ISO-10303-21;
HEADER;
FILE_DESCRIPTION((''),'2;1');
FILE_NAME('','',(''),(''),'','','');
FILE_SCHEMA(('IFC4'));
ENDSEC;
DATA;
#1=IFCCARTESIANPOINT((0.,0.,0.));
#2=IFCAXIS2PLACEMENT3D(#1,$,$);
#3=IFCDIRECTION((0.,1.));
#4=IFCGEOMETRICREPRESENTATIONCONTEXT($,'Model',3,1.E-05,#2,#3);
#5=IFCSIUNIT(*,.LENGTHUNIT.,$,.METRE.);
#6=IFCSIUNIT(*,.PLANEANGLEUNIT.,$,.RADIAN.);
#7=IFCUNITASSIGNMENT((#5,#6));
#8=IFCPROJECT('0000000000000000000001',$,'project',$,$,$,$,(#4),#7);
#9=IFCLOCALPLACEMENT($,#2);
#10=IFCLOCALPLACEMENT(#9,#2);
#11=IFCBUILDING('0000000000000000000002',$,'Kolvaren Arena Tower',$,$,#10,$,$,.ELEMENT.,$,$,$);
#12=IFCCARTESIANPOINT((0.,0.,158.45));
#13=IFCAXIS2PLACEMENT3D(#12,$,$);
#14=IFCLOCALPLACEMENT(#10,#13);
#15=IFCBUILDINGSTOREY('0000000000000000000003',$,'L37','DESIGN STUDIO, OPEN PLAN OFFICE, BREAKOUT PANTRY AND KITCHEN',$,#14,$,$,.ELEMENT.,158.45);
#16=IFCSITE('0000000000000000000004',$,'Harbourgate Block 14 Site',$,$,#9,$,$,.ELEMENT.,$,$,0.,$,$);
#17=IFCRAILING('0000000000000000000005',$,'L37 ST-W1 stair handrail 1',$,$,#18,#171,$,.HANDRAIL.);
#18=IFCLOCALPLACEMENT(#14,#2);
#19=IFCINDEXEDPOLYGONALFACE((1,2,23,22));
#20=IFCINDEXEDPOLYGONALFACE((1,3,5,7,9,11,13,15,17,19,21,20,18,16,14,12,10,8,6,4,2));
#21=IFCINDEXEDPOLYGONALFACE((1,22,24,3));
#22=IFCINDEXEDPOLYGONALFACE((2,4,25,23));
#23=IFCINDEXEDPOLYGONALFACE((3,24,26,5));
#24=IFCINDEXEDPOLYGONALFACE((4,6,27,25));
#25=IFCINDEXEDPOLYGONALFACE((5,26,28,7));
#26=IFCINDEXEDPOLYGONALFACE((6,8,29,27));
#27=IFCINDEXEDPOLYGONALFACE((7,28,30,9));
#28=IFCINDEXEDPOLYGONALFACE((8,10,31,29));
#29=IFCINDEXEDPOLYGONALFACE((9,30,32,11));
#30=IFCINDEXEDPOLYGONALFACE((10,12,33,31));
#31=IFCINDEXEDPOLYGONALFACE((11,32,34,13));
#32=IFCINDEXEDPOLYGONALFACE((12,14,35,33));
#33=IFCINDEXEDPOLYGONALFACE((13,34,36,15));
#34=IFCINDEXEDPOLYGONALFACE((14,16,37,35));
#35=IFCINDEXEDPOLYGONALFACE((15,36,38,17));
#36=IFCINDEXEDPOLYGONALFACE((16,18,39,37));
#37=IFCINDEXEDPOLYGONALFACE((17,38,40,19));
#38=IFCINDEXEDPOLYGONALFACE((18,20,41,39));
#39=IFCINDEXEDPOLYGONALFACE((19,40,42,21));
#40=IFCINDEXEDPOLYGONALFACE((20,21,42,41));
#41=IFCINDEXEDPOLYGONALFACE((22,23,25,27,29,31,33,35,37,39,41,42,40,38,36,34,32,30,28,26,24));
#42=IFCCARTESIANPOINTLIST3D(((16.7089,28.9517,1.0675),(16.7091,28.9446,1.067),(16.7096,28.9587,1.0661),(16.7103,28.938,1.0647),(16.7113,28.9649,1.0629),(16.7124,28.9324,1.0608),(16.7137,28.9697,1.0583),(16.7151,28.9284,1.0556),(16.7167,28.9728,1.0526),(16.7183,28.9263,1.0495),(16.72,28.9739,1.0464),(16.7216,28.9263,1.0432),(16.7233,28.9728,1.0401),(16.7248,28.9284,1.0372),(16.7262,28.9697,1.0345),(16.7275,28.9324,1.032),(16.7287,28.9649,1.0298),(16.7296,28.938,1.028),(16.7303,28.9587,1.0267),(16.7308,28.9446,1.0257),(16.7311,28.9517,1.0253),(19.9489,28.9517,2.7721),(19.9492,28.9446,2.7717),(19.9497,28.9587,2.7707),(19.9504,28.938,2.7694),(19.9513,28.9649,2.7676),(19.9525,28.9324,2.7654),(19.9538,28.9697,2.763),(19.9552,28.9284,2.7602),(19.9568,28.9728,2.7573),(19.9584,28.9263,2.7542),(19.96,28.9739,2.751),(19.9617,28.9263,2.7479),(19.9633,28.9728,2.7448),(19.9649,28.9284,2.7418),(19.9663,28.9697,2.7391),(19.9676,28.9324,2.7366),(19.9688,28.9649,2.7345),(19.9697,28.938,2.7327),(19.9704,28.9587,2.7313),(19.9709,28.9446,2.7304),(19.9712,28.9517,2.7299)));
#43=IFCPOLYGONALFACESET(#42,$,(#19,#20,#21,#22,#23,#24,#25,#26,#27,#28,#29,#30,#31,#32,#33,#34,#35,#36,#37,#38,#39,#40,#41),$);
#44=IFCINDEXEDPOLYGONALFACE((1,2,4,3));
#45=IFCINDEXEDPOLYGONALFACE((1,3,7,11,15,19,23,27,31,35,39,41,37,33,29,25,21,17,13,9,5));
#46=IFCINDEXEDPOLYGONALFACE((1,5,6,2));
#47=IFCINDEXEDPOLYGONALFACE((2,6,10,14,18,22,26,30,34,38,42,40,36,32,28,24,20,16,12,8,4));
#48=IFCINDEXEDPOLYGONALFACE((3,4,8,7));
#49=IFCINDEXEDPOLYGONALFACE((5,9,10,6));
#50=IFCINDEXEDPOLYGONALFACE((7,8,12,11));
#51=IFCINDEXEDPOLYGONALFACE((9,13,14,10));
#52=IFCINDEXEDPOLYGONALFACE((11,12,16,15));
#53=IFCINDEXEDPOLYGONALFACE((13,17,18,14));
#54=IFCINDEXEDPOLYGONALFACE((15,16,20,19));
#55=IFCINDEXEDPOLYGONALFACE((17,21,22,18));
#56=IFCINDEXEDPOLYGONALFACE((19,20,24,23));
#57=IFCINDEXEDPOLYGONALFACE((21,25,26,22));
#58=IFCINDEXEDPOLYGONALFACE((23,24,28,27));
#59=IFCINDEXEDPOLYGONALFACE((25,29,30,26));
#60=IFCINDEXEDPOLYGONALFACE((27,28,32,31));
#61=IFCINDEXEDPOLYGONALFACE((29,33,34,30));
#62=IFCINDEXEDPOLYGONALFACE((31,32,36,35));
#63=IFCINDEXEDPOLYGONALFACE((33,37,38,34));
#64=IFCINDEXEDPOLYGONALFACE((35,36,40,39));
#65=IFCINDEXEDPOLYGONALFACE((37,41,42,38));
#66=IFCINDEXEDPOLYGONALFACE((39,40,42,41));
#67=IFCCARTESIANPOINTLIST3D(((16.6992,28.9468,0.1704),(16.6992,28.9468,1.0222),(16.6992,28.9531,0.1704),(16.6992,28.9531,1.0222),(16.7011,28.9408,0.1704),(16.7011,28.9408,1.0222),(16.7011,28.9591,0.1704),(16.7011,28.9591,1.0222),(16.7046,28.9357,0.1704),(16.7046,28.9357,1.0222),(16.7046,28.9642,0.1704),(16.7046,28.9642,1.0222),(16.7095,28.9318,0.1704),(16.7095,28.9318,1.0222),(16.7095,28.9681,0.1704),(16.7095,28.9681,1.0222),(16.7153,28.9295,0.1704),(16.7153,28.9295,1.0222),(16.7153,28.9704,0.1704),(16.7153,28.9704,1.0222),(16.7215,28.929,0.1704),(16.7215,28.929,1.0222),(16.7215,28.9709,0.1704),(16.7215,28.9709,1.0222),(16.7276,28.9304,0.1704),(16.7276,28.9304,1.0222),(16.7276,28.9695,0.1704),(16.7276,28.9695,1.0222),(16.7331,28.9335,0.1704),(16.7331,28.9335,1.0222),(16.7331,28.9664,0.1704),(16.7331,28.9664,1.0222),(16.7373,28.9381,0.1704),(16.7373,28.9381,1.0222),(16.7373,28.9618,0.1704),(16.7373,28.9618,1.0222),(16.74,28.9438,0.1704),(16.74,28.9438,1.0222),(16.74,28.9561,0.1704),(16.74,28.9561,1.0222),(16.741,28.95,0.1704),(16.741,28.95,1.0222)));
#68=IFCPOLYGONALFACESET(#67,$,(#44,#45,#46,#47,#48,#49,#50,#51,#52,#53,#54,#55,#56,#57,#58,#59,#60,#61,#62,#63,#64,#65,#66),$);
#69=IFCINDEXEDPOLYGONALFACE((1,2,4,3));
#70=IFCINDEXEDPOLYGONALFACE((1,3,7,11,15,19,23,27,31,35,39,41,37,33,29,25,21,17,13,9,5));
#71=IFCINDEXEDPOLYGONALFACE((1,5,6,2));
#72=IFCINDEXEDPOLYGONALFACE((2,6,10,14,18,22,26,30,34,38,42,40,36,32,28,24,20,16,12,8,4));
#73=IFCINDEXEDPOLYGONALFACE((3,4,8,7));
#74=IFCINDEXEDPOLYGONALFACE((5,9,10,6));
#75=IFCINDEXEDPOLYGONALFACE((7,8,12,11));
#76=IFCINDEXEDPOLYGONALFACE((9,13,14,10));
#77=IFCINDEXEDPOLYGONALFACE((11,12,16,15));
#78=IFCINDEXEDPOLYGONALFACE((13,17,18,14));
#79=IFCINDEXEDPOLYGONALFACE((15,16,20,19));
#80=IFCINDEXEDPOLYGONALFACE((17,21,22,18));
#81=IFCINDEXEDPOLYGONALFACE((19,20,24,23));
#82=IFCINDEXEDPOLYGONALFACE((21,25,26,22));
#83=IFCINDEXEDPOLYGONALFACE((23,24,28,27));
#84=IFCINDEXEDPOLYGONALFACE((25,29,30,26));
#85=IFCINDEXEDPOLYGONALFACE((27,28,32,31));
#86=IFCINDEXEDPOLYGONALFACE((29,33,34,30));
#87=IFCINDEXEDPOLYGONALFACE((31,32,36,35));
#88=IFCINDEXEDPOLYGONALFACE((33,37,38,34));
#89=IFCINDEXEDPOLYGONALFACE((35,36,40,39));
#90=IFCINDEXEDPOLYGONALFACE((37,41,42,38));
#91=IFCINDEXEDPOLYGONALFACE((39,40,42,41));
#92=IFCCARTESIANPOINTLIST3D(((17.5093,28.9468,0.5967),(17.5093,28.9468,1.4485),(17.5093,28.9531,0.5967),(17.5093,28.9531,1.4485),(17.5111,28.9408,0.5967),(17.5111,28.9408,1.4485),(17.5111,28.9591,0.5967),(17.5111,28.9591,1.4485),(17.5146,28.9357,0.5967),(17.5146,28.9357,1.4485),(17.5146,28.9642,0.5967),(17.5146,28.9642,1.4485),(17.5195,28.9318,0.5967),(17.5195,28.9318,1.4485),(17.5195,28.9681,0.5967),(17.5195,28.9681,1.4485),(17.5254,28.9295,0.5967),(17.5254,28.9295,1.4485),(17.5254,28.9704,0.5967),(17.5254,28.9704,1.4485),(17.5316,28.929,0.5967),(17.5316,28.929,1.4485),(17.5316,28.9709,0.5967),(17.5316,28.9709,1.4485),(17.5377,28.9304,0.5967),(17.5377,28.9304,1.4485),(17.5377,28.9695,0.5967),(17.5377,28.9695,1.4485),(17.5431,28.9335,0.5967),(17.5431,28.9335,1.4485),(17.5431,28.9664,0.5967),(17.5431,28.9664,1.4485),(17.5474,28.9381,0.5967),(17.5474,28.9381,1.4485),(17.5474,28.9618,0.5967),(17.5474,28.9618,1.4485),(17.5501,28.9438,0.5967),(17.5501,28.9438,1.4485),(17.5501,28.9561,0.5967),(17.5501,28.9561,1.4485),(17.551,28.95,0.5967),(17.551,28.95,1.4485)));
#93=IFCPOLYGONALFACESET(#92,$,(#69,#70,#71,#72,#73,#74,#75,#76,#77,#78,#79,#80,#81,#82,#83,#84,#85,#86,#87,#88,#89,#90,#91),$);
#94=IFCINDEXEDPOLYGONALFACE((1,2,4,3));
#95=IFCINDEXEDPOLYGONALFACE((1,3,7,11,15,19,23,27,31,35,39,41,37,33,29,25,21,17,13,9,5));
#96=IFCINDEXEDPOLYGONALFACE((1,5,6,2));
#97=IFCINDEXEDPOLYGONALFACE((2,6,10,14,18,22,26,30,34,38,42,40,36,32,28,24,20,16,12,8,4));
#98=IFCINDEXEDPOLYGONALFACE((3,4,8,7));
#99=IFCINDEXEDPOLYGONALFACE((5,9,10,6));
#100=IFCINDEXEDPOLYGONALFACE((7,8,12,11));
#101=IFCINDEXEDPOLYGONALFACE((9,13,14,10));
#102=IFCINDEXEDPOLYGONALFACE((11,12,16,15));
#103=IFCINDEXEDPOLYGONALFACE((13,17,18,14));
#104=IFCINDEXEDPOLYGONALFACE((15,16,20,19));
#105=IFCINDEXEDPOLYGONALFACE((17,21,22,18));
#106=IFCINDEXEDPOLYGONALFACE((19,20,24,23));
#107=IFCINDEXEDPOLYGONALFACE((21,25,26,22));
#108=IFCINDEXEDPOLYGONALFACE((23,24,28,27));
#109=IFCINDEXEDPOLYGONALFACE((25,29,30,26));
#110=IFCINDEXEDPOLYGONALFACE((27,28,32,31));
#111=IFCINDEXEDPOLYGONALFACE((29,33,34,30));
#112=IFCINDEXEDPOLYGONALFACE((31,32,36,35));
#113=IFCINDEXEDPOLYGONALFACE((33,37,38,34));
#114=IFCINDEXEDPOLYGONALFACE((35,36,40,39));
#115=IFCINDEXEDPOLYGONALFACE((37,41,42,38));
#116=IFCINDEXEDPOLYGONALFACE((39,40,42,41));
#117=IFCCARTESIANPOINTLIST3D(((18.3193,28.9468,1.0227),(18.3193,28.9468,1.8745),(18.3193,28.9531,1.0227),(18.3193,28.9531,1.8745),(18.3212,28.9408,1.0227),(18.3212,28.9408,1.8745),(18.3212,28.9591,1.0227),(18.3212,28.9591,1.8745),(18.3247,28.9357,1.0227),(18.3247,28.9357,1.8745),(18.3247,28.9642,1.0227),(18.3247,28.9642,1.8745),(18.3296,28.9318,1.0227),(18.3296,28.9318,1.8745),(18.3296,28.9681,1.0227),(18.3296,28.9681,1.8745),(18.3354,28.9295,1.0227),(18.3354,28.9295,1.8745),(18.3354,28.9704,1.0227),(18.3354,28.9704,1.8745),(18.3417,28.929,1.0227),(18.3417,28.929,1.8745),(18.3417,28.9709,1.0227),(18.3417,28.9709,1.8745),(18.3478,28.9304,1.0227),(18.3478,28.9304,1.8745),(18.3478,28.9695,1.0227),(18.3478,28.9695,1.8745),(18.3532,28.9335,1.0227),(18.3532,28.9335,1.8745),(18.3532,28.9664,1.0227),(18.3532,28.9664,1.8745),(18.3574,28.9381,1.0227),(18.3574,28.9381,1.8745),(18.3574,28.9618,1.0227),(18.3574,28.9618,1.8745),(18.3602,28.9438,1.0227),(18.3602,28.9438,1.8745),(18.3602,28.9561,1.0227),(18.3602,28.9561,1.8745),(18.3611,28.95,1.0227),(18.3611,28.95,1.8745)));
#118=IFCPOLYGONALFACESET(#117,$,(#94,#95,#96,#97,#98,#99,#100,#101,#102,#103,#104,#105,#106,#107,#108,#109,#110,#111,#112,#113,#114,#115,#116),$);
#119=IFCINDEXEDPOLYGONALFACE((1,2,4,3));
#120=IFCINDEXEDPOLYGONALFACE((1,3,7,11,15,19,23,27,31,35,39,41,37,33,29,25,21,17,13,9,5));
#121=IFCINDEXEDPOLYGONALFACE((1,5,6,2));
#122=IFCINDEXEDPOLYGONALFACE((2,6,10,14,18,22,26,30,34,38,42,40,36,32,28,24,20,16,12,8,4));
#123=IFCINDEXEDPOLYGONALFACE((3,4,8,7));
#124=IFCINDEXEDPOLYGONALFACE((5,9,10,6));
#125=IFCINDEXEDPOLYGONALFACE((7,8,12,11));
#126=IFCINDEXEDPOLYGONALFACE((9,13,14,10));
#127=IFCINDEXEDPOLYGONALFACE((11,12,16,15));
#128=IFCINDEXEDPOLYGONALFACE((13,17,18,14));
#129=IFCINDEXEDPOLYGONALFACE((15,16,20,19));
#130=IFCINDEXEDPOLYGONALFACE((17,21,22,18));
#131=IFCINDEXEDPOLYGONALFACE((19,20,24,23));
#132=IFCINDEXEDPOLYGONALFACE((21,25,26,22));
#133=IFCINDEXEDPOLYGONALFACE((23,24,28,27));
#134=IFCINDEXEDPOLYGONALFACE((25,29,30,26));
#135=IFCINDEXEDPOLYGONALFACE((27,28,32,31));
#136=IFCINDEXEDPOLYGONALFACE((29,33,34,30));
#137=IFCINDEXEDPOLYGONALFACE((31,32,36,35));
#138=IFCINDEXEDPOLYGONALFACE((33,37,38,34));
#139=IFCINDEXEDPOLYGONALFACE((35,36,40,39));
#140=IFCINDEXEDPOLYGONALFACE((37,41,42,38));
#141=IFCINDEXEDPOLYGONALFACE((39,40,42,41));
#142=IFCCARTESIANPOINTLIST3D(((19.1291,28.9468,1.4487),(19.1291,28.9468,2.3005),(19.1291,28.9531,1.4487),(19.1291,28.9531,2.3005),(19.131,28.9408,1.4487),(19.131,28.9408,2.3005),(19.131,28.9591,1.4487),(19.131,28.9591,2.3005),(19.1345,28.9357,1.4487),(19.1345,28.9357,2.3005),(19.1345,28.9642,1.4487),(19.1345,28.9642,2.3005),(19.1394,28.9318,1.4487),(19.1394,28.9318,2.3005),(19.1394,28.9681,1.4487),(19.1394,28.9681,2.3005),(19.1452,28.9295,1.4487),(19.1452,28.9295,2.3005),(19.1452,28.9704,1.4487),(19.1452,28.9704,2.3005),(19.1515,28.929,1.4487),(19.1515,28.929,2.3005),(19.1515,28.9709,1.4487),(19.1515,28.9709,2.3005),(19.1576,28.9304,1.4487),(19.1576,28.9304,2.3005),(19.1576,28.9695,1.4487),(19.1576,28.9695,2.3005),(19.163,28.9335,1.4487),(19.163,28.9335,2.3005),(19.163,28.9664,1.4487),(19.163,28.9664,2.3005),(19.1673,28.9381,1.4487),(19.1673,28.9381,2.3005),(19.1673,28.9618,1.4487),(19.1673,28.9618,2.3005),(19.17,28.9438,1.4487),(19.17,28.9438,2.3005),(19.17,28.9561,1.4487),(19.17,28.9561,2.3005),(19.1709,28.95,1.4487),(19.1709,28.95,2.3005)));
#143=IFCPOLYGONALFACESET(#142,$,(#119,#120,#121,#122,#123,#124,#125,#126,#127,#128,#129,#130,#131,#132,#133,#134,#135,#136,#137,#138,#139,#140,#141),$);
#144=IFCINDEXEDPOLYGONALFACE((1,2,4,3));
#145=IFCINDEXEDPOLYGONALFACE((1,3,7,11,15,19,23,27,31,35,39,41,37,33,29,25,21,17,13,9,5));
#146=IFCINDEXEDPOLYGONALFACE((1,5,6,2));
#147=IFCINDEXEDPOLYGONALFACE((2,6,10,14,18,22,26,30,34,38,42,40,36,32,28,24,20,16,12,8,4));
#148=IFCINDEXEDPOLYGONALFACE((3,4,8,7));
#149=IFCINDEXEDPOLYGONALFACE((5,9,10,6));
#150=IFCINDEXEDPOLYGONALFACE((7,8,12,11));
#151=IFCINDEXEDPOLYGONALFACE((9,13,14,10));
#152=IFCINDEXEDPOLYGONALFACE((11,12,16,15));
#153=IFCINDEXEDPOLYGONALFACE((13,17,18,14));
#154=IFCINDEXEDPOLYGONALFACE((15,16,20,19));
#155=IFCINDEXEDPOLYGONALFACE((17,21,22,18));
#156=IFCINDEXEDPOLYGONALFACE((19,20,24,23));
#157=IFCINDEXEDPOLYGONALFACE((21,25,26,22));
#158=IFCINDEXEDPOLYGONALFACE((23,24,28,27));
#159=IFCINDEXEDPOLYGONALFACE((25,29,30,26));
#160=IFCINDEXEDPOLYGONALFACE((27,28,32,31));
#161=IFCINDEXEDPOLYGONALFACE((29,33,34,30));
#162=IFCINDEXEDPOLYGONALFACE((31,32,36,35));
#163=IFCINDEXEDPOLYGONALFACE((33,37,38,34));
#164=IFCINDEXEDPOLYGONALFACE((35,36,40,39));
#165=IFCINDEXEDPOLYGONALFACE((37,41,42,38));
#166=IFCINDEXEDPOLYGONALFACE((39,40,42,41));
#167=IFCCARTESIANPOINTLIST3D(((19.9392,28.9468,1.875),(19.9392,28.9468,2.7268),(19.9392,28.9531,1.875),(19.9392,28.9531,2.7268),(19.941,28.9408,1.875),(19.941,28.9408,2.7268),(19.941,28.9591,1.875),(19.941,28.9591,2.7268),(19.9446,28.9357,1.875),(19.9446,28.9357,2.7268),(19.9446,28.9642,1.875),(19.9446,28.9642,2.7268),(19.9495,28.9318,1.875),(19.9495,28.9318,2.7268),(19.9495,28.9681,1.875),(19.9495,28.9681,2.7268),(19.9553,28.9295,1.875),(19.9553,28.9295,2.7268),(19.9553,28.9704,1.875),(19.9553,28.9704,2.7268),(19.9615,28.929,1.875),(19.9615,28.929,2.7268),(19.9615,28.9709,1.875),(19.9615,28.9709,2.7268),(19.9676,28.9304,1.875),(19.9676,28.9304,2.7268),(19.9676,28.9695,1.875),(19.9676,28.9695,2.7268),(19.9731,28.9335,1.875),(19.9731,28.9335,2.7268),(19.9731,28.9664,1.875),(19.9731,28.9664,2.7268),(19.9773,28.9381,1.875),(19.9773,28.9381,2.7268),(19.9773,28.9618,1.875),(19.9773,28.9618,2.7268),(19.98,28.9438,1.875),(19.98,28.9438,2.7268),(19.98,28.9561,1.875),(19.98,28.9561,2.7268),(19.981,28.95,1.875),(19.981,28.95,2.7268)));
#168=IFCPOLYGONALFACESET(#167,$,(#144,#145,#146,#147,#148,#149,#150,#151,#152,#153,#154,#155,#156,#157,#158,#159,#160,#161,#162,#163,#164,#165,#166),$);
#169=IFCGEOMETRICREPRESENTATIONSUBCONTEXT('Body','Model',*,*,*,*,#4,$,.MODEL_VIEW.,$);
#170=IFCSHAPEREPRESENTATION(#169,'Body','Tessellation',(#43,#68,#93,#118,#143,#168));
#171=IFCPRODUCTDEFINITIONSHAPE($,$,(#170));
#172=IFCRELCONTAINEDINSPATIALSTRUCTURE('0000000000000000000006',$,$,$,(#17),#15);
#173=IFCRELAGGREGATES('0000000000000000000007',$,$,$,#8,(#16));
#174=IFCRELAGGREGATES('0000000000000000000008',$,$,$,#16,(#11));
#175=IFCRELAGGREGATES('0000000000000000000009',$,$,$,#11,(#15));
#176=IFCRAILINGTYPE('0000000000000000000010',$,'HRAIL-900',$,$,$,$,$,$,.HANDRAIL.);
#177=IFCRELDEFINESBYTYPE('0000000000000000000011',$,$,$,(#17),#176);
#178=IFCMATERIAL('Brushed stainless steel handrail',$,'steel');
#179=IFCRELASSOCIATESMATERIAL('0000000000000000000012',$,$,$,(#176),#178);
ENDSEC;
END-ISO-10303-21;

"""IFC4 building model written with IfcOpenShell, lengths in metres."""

from ifc_helpers import new_model, si_unit, direction, frame, origin, origin_2d, place, context, subcontext, project, spatial, circle, extrude, material, type_object, element, save


model = new_model("IFC4")

# Units and contexts
model_context = context("Model", 3, precision=1e-05, world=origin(), true_north=direction((0.0, 1.0)))
body_context = subcontext(model_context, "Body", "Model", "MODEL_VIEW")
ifc_project = project(units=[si_unit("LENGTHUNIT", "METRE"), si_unit("PLANEANGLEUNIT", "RADIAN")], contexts=[model_context])

# Site, building, storey
site_placement = place(None, origin())
site = spatial("IfcSite", under=ifc_project, at=site_placement, Name="Harbourgate Block 14 Site", CompositionType="ELEMENT", RefElevation=0.0)
building_placement = place(site_placement, origin())
building = spatial("IfcBuilding", under=site, at=building_placement, Name="Kolvaren Arena Tower", CompositionType="ELEMENT")
storey_placement = place(building_placement, frame((0.0, 0.0, 158.45)))
storey = spatial("IfcBuildingStorey", under=building, at=storey_placement, Name="L37", Description="DESIGN STUDIO, OPEN PLAN OFFICE, BREAKOUT PANTRY AND KITCHEN", CompositionType="ELEMENT", Elevation=158.45)

# Railing
ifc_material_1 = material(Name="Brushed stainless steel handrail", Category="steel")
railing_type_1 = type_object("IfcRailingType", Name="HRAIL-900", PredefinedType="HANDRAIL", material=ifc_material_1)
railing_1_placement = place(storey_placement, frame((16.72, 28.95, 0.1704)))
element("IfcRailing", 1, at=railing_1_placement, inside=storey, type_object=railing_type_1, Name="L37 ST-W1 stair handrail 1", PredefinedType="HANDRAIL", context=body_context, shape_type="SweptSolid", body=[
    extrude(circle(Radius=0.0239, at=origin_2d()), frame((0.0, 0.0, 0.876), z_axis=(0.884993, 0.0, 0.465604), x_axis=(0.0, 1.0, 0.0)), (0.0, 0.0, 1.0), 3.6611),
    extrude(circle(Radius=0.021, at=origin_2d()), origin(), (0.0, 0.0, 1.0), 0.8518),
    extrude(circle(Radius=0.021, at=origin_2d()), frame((0.8101, 0.0, 0.4263)), (0.0, 0.0, 1.0), 0.8518),
    extrude(circle(Radius=0.021, at=origin_2d()), frame((1.6201, 0.0, 0.8523)), (0.0, 0.0, 1.0), 0.8518),
    extrude(circle(Radius=0.021, at=origin_2d()), frame((2.4299, 0.0, 1.2783)), (0.0, 0.0, 1.0), 0.8518),
    extrude(circle(Radius=0.021, at=origin_2d()), frame((3.24, 0.0, 1.7046)), (0.0, 0.0, 1.0), 0.8518),
])

save(model, "model.ifc")
